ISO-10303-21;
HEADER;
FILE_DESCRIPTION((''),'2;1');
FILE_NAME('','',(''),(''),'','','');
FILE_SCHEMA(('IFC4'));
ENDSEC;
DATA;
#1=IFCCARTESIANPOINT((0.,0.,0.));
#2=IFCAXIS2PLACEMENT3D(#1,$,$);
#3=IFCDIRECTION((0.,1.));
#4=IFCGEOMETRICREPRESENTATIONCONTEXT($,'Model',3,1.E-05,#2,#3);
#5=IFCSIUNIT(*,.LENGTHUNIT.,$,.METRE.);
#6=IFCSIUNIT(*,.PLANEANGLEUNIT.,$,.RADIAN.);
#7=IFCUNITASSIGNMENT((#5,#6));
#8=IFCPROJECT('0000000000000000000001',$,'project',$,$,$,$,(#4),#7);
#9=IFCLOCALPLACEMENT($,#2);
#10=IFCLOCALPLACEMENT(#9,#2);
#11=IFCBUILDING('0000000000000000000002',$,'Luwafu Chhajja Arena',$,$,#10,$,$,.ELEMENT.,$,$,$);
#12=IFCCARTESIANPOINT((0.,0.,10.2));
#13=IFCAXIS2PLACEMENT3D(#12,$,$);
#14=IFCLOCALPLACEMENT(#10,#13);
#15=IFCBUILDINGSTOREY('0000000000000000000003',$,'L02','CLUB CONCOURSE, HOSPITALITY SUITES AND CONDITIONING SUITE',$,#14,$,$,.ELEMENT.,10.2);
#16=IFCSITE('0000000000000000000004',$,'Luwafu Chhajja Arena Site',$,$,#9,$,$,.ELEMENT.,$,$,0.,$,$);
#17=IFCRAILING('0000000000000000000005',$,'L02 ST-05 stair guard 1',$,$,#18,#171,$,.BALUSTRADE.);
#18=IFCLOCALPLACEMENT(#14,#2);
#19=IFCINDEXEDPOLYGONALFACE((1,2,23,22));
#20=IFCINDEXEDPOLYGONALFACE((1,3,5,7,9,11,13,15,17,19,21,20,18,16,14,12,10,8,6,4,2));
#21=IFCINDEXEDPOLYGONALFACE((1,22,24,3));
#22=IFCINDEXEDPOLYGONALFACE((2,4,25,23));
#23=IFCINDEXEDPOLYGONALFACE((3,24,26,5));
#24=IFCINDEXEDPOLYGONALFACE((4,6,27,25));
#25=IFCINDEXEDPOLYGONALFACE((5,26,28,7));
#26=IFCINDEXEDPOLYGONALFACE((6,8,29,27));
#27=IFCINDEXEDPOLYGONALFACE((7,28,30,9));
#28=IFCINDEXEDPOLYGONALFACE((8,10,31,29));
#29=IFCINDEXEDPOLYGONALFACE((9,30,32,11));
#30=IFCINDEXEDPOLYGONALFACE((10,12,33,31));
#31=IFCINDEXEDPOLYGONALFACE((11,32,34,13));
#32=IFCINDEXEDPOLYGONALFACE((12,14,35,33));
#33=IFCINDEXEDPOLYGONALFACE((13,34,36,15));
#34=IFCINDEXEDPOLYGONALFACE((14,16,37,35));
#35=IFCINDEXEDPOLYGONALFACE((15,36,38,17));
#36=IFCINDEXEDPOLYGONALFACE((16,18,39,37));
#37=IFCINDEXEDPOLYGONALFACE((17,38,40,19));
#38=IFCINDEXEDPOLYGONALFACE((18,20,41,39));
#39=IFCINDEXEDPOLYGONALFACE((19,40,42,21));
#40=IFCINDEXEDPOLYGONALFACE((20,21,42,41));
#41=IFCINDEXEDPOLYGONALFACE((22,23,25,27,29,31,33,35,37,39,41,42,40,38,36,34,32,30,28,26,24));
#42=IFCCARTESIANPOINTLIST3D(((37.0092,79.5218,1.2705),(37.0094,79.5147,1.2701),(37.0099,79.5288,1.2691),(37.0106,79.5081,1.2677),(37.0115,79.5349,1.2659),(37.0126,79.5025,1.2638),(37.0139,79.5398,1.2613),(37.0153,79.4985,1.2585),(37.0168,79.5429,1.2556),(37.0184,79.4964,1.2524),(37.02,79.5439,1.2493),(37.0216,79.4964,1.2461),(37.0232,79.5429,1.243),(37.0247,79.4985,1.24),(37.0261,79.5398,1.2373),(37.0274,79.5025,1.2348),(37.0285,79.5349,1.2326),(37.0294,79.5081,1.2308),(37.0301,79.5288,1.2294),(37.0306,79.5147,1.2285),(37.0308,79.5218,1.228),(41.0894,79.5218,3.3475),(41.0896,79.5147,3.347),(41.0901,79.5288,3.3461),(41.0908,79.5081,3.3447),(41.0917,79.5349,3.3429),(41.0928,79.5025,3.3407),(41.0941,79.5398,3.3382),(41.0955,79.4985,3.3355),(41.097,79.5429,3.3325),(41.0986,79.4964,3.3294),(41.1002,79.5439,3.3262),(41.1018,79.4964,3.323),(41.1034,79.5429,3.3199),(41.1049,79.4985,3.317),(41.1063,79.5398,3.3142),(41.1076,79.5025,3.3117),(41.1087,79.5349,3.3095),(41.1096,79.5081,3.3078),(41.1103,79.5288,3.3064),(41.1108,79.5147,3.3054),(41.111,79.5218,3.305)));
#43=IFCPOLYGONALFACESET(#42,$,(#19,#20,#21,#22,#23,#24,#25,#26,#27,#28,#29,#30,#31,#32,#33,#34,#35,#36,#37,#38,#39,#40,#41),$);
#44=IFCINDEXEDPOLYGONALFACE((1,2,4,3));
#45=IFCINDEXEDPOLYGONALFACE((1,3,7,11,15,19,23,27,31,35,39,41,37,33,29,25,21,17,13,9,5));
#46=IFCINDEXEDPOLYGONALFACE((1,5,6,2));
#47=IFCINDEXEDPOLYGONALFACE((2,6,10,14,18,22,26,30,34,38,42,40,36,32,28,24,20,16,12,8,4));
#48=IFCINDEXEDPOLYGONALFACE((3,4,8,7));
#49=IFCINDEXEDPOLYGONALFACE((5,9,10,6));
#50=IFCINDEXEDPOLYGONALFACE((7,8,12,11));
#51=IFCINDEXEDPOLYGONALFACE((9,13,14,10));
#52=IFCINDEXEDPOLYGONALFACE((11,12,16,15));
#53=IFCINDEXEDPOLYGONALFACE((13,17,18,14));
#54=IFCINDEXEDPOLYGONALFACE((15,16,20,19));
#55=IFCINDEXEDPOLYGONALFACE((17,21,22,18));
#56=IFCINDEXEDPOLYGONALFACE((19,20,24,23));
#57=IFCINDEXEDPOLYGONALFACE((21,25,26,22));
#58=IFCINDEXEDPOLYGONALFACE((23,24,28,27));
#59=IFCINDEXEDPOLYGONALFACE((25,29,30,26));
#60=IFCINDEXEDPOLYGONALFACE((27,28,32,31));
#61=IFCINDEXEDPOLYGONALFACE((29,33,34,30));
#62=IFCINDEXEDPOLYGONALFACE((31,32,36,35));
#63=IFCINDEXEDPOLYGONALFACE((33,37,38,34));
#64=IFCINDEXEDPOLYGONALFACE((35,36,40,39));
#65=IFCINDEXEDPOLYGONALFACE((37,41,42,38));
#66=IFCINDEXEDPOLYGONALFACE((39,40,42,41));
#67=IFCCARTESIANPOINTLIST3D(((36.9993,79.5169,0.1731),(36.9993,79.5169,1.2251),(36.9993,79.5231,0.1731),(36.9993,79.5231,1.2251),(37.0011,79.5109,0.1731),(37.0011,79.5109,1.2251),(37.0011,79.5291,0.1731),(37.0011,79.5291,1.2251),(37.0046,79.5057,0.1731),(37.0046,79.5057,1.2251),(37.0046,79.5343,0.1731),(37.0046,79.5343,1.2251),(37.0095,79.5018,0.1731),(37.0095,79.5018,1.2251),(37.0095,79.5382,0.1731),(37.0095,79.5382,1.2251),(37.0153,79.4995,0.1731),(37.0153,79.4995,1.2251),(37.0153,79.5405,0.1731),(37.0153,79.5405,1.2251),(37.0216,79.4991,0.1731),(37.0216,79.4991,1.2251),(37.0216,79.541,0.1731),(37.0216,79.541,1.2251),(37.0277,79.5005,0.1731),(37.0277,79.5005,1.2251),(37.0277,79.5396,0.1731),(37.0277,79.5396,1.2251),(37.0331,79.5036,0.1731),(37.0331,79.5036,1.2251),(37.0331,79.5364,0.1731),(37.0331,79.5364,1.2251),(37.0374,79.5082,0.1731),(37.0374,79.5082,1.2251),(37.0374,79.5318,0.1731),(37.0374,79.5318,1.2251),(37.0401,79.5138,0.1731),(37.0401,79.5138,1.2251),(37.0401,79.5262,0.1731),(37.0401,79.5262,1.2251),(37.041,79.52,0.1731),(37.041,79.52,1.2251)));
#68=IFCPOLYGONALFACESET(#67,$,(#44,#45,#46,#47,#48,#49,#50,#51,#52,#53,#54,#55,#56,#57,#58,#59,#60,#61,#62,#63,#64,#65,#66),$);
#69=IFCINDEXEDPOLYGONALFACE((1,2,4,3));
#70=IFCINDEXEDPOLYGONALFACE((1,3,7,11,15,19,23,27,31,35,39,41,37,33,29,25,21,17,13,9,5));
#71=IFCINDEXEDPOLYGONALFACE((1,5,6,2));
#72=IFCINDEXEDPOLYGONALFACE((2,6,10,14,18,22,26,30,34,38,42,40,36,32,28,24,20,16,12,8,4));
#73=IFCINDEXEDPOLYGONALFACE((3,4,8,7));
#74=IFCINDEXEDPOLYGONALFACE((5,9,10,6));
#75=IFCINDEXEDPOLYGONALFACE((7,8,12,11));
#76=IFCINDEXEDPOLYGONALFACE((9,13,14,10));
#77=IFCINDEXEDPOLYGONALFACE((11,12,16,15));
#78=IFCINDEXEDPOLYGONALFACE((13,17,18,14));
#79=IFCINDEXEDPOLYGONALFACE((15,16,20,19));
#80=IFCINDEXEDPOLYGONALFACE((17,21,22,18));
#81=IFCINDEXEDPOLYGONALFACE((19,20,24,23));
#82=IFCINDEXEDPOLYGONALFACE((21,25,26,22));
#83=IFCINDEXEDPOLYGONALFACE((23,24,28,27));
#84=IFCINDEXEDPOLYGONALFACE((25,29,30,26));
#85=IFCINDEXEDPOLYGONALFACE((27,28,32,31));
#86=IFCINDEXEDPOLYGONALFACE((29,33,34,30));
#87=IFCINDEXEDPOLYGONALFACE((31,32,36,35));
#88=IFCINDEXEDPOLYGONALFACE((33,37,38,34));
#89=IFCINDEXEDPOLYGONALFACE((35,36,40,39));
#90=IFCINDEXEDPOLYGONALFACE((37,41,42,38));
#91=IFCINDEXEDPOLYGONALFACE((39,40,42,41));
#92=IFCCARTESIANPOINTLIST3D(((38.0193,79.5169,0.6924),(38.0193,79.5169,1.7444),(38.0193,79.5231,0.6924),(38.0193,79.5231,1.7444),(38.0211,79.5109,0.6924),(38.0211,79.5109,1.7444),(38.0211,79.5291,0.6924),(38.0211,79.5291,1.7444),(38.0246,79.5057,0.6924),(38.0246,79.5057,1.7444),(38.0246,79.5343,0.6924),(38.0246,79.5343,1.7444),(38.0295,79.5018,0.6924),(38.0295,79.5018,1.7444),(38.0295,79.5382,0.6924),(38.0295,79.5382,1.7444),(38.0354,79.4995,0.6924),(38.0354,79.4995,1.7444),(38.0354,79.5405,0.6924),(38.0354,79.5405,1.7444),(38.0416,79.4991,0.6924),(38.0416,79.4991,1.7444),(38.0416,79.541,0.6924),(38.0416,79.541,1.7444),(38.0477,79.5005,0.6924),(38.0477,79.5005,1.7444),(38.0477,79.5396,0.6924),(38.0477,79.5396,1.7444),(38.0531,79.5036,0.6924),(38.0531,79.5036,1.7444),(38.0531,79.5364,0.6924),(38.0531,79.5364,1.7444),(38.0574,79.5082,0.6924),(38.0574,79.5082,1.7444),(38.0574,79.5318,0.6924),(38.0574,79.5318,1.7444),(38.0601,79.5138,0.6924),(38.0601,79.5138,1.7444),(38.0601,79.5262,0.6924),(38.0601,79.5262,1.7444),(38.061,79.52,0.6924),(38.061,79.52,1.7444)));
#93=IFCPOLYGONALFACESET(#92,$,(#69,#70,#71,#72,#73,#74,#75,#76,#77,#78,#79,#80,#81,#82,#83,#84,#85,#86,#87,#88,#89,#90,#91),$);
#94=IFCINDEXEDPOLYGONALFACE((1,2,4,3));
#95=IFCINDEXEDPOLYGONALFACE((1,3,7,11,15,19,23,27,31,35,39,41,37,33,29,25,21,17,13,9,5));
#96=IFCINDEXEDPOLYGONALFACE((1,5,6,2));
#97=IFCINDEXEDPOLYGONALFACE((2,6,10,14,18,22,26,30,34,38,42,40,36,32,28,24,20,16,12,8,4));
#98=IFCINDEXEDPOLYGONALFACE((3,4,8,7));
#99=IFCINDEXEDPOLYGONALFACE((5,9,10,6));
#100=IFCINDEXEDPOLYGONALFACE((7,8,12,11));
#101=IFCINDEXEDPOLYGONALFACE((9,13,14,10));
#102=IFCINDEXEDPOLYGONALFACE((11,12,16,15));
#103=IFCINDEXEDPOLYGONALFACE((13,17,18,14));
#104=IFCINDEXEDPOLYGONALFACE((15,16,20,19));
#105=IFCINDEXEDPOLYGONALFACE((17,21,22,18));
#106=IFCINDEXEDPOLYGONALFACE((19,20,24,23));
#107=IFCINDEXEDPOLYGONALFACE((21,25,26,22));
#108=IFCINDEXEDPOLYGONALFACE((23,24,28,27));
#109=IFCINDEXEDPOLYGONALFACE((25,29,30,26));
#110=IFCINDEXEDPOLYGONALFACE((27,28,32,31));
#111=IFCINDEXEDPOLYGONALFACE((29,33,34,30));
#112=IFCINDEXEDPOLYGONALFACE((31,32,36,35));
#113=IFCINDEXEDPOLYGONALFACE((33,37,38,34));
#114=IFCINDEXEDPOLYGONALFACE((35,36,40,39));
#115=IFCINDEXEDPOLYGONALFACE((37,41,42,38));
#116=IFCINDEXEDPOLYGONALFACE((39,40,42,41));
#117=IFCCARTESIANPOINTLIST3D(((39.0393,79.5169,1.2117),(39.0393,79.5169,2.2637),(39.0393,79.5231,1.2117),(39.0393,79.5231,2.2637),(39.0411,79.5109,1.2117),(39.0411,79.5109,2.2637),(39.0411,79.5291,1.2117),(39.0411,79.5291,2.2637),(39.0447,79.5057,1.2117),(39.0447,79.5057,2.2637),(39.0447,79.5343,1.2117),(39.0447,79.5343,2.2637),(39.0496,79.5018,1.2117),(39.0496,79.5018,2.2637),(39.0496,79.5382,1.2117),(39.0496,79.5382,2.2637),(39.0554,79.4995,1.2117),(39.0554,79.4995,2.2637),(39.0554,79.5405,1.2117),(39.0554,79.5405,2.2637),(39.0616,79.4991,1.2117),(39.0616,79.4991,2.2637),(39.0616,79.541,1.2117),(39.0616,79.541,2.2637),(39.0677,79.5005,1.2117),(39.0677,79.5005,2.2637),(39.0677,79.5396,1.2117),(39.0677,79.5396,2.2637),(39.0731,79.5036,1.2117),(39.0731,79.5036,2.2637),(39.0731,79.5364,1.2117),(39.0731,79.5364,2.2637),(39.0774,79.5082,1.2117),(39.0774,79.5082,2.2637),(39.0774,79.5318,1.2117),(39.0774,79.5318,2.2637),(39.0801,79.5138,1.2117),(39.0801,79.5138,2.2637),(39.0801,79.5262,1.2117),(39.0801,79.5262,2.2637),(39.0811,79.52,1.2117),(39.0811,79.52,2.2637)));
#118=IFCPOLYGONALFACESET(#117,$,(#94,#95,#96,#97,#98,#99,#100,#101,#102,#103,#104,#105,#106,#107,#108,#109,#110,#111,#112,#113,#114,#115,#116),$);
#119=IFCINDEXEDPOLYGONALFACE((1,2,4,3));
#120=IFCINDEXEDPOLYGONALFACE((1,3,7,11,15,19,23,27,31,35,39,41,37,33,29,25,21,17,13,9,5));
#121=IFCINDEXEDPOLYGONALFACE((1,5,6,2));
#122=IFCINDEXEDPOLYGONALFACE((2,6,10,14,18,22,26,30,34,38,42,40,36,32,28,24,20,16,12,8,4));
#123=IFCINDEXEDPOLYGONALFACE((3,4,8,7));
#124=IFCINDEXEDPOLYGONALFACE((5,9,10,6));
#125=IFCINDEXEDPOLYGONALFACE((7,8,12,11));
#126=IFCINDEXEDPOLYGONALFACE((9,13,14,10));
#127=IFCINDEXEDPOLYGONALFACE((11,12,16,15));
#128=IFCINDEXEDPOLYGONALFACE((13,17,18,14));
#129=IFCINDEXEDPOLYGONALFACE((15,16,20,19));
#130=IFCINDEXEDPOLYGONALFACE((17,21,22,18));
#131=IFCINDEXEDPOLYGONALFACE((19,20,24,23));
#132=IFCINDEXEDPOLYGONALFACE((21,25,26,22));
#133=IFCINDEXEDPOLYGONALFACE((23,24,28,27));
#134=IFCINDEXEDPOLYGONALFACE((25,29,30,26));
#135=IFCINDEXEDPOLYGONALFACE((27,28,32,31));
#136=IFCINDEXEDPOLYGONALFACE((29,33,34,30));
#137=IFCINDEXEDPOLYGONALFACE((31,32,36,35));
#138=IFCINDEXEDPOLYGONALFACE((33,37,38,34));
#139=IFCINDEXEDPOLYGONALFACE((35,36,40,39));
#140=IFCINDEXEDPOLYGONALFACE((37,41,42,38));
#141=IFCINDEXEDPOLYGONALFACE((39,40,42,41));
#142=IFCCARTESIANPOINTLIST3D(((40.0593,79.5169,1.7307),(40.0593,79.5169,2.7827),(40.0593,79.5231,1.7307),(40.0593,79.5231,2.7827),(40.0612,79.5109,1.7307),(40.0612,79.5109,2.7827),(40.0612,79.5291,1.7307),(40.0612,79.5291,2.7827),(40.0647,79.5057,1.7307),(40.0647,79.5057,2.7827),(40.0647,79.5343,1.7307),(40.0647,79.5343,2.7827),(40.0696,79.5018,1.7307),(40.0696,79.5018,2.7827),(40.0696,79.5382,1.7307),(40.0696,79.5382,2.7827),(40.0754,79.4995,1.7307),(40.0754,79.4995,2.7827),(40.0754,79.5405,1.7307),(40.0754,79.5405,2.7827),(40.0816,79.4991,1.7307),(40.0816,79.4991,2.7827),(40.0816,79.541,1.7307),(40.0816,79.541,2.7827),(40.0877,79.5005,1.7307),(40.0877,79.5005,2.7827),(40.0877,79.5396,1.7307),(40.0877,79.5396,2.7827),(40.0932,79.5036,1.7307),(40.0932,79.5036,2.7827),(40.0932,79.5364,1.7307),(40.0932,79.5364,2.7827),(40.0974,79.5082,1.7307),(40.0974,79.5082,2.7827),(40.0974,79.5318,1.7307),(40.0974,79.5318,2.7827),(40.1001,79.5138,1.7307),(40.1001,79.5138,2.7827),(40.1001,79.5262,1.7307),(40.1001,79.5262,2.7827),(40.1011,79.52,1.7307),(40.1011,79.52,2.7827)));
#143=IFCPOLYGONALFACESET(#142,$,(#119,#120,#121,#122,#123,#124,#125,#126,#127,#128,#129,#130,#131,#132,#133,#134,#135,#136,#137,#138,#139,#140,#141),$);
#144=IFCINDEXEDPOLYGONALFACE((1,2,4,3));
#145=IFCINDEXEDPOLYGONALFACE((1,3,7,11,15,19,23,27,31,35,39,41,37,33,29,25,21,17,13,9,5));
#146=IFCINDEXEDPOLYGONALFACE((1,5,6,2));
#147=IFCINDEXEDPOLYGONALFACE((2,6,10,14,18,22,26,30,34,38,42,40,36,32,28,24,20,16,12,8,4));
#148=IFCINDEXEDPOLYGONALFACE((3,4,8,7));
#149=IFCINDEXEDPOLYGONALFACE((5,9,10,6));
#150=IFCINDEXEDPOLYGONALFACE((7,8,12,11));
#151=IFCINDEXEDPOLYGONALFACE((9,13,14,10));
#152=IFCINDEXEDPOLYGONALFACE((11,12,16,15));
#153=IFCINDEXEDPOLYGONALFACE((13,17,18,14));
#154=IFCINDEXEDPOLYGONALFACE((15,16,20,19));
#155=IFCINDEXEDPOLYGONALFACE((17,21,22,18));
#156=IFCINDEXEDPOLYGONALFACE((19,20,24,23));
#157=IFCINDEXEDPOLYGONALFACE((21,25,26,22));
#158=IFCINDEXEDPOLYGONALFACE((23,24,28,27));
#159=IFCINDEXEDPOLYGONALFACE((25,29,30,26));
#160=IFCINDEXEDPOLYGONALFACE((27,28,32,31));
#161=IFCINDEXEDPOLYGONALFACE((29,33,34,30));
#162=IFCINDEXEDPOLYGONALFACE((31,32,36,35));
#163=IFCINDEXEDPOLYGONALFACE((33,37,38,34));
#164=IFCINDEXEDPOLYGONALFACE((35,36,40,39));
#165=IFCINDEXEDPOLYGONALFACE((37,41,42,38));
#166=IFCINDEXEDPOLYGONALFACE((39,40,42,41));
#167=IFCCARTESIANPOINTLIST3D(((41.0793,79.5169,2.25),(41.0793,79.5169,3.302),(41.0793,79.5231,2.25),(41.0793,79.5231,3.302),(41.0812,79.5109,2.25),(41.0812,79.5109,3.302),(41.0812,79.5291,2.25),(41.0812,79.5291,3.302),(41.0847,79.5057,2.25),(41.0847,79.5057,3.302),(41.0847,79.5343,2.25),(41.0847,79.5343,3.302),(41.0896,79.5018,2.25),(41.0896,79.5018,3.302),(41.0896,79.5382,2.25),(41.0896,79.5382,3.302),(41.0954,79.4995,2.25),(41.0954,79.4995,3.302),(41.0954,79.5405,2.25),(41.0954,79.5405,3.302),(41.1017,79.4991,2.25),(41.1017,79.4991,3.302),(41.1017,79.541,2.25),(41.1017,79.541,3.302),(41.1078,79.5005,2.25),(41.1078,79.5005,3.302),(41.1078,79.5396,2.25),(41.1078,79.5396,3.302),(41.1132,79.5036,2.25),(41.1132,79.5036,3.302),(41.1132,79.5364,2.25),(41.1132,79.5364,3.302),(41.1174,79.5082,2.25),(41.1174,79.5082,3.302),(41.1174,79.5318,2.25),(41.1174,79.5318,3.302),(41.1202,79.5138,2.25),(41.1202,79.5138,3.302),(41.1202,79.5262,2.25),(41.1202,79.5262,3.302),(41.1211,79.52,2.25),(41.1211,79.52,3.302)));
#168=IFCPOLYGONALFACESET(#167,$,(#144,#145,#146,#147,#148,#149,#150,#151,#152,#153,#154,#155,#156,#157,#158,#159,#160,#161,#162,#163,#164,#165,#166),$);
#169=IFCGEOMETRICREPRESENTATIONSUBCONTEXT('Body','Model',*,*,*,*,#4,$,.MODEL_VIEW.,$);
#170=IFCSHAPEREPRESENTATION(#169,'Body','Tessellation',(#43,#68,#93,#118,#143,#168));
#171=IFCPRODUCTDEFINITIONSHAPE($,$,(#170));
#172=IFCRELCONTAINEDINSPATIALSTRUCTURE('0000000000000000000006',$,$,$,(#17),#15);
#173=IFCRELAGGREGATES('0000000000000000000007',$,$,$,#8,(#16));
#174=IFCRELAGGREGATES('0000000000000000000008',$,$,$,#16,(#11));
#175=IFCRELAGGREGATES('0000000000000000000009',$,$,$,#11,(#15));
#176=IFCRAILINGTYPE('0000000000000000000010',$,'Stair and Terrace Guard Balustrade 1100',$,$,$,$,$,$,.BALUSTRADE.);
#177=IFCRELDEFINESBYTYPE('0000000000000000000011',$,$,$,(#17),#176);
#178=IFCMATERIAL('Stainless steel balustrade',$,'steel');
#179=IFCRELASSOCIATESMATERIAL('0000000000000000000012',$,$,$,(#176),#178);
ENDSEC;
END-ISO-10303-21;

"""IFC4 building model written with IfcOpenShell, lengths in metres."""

from ifc_helpers import new_model, si_unit, direction, frame, origin, origin_2d, place, context, subcontext, project, spatial, circle, extrude, material, type_object, element, save


model = new_model("IFC4")

# Units and contexts
model_context = context("Model", 3, precision=1e-05, world=origin(), true_north=direction((0.0, 1.0)))
body_context = subcontext(model_context, "Body", "Model", "MODEL_VIEW")
ifc_project = project(units=[si_unit("LENGTHUNIT", "METRE"), si_unit("PLANEANGLEUNIT", "RADIAN")], contexts=[model_context])

# Site, building, storey
site_placement = place(None, origin())
site = spatial("IfcSite", under=ifc_project, at=site_placement, Name="Luwafu Chhajja Arena Site", CompositionType="ELEMENT", RefElevation=0.0)
building_placement = place(site_placement, origin())
building = spatial("IfcBuilding", under=site, at=building_placement, Name="Luwafu Chhajja Arena", CompositionType="ELEMENT")
storey_placement = place(building_placement, frame((0.0, 0.0, 10.2)))
storey = spatial("IfcBuildingStorey", under=building, at=storey_placement, Name="L02", Description="CLUB CONCOURSE, HOSPITALITY SUITES AND CONDITIONING SUITE", CompositionType="ELEMENT", Elevation=10.2)

# Railing
ifc_material_1 = material(Name="Stainless steel balustrade", Category="steel")
railing_type_1 = type_object("IfcRailingType", Name="Stair and Terrace Guard Balustrade 1100", PredefinedType="BALUSTRADE", material=ifc_material_1)
railing_1_placement = place(storey_placement, frame((37.02, 79.52, 0.1731)))
element("IfcRailing", 1, at=railing_1_placement, inside=storey, type_object=railing_type_1, Name="L02 ST-05 stair guard 1", PredefinedType="BALUSTRADE", context=body_context, shape_type="SweptSolid", body=[
    extrude(circle(Radius=0.0239, at=origin_2d()), frame((0.0, 0.0, 1.0762), z_axis=(0.891183, 0.0, 0.453644), x_axis=(0.0, 1.0, 0.0)), (0.0, 0.0, 1.0), 4.5784),
    extrude(circle(Radius=0.021, at=origin_2d()), origin(), (0.0, 0.0, 1.0), 1.052),
    extrude(circle(Radius=0.021, at=origin_2d()), frame((1.02, 0.0, 0.5193)), (0.0, 0.0, 1.0), 1.052),
    extrude(circle(Radius=0.021, at=origin_2d()), frame((2.04, 0.0, 1.0386)), (0.0, 0.0, 1.0), 1.052),
    extrude(circle(Radius=0.021, at=origin_2d()), frame((3.0601, 0.0, 1.5576)), (0.0, 0.0, 1.0), 1.052),
    extrude(circle(Radius=0.021, at=origin_2d()), frame((4.0801, 0.0, 2.0769)), (0.0, 0.0, 1.0), 1.052),
])

save(model, "model.ifc")
